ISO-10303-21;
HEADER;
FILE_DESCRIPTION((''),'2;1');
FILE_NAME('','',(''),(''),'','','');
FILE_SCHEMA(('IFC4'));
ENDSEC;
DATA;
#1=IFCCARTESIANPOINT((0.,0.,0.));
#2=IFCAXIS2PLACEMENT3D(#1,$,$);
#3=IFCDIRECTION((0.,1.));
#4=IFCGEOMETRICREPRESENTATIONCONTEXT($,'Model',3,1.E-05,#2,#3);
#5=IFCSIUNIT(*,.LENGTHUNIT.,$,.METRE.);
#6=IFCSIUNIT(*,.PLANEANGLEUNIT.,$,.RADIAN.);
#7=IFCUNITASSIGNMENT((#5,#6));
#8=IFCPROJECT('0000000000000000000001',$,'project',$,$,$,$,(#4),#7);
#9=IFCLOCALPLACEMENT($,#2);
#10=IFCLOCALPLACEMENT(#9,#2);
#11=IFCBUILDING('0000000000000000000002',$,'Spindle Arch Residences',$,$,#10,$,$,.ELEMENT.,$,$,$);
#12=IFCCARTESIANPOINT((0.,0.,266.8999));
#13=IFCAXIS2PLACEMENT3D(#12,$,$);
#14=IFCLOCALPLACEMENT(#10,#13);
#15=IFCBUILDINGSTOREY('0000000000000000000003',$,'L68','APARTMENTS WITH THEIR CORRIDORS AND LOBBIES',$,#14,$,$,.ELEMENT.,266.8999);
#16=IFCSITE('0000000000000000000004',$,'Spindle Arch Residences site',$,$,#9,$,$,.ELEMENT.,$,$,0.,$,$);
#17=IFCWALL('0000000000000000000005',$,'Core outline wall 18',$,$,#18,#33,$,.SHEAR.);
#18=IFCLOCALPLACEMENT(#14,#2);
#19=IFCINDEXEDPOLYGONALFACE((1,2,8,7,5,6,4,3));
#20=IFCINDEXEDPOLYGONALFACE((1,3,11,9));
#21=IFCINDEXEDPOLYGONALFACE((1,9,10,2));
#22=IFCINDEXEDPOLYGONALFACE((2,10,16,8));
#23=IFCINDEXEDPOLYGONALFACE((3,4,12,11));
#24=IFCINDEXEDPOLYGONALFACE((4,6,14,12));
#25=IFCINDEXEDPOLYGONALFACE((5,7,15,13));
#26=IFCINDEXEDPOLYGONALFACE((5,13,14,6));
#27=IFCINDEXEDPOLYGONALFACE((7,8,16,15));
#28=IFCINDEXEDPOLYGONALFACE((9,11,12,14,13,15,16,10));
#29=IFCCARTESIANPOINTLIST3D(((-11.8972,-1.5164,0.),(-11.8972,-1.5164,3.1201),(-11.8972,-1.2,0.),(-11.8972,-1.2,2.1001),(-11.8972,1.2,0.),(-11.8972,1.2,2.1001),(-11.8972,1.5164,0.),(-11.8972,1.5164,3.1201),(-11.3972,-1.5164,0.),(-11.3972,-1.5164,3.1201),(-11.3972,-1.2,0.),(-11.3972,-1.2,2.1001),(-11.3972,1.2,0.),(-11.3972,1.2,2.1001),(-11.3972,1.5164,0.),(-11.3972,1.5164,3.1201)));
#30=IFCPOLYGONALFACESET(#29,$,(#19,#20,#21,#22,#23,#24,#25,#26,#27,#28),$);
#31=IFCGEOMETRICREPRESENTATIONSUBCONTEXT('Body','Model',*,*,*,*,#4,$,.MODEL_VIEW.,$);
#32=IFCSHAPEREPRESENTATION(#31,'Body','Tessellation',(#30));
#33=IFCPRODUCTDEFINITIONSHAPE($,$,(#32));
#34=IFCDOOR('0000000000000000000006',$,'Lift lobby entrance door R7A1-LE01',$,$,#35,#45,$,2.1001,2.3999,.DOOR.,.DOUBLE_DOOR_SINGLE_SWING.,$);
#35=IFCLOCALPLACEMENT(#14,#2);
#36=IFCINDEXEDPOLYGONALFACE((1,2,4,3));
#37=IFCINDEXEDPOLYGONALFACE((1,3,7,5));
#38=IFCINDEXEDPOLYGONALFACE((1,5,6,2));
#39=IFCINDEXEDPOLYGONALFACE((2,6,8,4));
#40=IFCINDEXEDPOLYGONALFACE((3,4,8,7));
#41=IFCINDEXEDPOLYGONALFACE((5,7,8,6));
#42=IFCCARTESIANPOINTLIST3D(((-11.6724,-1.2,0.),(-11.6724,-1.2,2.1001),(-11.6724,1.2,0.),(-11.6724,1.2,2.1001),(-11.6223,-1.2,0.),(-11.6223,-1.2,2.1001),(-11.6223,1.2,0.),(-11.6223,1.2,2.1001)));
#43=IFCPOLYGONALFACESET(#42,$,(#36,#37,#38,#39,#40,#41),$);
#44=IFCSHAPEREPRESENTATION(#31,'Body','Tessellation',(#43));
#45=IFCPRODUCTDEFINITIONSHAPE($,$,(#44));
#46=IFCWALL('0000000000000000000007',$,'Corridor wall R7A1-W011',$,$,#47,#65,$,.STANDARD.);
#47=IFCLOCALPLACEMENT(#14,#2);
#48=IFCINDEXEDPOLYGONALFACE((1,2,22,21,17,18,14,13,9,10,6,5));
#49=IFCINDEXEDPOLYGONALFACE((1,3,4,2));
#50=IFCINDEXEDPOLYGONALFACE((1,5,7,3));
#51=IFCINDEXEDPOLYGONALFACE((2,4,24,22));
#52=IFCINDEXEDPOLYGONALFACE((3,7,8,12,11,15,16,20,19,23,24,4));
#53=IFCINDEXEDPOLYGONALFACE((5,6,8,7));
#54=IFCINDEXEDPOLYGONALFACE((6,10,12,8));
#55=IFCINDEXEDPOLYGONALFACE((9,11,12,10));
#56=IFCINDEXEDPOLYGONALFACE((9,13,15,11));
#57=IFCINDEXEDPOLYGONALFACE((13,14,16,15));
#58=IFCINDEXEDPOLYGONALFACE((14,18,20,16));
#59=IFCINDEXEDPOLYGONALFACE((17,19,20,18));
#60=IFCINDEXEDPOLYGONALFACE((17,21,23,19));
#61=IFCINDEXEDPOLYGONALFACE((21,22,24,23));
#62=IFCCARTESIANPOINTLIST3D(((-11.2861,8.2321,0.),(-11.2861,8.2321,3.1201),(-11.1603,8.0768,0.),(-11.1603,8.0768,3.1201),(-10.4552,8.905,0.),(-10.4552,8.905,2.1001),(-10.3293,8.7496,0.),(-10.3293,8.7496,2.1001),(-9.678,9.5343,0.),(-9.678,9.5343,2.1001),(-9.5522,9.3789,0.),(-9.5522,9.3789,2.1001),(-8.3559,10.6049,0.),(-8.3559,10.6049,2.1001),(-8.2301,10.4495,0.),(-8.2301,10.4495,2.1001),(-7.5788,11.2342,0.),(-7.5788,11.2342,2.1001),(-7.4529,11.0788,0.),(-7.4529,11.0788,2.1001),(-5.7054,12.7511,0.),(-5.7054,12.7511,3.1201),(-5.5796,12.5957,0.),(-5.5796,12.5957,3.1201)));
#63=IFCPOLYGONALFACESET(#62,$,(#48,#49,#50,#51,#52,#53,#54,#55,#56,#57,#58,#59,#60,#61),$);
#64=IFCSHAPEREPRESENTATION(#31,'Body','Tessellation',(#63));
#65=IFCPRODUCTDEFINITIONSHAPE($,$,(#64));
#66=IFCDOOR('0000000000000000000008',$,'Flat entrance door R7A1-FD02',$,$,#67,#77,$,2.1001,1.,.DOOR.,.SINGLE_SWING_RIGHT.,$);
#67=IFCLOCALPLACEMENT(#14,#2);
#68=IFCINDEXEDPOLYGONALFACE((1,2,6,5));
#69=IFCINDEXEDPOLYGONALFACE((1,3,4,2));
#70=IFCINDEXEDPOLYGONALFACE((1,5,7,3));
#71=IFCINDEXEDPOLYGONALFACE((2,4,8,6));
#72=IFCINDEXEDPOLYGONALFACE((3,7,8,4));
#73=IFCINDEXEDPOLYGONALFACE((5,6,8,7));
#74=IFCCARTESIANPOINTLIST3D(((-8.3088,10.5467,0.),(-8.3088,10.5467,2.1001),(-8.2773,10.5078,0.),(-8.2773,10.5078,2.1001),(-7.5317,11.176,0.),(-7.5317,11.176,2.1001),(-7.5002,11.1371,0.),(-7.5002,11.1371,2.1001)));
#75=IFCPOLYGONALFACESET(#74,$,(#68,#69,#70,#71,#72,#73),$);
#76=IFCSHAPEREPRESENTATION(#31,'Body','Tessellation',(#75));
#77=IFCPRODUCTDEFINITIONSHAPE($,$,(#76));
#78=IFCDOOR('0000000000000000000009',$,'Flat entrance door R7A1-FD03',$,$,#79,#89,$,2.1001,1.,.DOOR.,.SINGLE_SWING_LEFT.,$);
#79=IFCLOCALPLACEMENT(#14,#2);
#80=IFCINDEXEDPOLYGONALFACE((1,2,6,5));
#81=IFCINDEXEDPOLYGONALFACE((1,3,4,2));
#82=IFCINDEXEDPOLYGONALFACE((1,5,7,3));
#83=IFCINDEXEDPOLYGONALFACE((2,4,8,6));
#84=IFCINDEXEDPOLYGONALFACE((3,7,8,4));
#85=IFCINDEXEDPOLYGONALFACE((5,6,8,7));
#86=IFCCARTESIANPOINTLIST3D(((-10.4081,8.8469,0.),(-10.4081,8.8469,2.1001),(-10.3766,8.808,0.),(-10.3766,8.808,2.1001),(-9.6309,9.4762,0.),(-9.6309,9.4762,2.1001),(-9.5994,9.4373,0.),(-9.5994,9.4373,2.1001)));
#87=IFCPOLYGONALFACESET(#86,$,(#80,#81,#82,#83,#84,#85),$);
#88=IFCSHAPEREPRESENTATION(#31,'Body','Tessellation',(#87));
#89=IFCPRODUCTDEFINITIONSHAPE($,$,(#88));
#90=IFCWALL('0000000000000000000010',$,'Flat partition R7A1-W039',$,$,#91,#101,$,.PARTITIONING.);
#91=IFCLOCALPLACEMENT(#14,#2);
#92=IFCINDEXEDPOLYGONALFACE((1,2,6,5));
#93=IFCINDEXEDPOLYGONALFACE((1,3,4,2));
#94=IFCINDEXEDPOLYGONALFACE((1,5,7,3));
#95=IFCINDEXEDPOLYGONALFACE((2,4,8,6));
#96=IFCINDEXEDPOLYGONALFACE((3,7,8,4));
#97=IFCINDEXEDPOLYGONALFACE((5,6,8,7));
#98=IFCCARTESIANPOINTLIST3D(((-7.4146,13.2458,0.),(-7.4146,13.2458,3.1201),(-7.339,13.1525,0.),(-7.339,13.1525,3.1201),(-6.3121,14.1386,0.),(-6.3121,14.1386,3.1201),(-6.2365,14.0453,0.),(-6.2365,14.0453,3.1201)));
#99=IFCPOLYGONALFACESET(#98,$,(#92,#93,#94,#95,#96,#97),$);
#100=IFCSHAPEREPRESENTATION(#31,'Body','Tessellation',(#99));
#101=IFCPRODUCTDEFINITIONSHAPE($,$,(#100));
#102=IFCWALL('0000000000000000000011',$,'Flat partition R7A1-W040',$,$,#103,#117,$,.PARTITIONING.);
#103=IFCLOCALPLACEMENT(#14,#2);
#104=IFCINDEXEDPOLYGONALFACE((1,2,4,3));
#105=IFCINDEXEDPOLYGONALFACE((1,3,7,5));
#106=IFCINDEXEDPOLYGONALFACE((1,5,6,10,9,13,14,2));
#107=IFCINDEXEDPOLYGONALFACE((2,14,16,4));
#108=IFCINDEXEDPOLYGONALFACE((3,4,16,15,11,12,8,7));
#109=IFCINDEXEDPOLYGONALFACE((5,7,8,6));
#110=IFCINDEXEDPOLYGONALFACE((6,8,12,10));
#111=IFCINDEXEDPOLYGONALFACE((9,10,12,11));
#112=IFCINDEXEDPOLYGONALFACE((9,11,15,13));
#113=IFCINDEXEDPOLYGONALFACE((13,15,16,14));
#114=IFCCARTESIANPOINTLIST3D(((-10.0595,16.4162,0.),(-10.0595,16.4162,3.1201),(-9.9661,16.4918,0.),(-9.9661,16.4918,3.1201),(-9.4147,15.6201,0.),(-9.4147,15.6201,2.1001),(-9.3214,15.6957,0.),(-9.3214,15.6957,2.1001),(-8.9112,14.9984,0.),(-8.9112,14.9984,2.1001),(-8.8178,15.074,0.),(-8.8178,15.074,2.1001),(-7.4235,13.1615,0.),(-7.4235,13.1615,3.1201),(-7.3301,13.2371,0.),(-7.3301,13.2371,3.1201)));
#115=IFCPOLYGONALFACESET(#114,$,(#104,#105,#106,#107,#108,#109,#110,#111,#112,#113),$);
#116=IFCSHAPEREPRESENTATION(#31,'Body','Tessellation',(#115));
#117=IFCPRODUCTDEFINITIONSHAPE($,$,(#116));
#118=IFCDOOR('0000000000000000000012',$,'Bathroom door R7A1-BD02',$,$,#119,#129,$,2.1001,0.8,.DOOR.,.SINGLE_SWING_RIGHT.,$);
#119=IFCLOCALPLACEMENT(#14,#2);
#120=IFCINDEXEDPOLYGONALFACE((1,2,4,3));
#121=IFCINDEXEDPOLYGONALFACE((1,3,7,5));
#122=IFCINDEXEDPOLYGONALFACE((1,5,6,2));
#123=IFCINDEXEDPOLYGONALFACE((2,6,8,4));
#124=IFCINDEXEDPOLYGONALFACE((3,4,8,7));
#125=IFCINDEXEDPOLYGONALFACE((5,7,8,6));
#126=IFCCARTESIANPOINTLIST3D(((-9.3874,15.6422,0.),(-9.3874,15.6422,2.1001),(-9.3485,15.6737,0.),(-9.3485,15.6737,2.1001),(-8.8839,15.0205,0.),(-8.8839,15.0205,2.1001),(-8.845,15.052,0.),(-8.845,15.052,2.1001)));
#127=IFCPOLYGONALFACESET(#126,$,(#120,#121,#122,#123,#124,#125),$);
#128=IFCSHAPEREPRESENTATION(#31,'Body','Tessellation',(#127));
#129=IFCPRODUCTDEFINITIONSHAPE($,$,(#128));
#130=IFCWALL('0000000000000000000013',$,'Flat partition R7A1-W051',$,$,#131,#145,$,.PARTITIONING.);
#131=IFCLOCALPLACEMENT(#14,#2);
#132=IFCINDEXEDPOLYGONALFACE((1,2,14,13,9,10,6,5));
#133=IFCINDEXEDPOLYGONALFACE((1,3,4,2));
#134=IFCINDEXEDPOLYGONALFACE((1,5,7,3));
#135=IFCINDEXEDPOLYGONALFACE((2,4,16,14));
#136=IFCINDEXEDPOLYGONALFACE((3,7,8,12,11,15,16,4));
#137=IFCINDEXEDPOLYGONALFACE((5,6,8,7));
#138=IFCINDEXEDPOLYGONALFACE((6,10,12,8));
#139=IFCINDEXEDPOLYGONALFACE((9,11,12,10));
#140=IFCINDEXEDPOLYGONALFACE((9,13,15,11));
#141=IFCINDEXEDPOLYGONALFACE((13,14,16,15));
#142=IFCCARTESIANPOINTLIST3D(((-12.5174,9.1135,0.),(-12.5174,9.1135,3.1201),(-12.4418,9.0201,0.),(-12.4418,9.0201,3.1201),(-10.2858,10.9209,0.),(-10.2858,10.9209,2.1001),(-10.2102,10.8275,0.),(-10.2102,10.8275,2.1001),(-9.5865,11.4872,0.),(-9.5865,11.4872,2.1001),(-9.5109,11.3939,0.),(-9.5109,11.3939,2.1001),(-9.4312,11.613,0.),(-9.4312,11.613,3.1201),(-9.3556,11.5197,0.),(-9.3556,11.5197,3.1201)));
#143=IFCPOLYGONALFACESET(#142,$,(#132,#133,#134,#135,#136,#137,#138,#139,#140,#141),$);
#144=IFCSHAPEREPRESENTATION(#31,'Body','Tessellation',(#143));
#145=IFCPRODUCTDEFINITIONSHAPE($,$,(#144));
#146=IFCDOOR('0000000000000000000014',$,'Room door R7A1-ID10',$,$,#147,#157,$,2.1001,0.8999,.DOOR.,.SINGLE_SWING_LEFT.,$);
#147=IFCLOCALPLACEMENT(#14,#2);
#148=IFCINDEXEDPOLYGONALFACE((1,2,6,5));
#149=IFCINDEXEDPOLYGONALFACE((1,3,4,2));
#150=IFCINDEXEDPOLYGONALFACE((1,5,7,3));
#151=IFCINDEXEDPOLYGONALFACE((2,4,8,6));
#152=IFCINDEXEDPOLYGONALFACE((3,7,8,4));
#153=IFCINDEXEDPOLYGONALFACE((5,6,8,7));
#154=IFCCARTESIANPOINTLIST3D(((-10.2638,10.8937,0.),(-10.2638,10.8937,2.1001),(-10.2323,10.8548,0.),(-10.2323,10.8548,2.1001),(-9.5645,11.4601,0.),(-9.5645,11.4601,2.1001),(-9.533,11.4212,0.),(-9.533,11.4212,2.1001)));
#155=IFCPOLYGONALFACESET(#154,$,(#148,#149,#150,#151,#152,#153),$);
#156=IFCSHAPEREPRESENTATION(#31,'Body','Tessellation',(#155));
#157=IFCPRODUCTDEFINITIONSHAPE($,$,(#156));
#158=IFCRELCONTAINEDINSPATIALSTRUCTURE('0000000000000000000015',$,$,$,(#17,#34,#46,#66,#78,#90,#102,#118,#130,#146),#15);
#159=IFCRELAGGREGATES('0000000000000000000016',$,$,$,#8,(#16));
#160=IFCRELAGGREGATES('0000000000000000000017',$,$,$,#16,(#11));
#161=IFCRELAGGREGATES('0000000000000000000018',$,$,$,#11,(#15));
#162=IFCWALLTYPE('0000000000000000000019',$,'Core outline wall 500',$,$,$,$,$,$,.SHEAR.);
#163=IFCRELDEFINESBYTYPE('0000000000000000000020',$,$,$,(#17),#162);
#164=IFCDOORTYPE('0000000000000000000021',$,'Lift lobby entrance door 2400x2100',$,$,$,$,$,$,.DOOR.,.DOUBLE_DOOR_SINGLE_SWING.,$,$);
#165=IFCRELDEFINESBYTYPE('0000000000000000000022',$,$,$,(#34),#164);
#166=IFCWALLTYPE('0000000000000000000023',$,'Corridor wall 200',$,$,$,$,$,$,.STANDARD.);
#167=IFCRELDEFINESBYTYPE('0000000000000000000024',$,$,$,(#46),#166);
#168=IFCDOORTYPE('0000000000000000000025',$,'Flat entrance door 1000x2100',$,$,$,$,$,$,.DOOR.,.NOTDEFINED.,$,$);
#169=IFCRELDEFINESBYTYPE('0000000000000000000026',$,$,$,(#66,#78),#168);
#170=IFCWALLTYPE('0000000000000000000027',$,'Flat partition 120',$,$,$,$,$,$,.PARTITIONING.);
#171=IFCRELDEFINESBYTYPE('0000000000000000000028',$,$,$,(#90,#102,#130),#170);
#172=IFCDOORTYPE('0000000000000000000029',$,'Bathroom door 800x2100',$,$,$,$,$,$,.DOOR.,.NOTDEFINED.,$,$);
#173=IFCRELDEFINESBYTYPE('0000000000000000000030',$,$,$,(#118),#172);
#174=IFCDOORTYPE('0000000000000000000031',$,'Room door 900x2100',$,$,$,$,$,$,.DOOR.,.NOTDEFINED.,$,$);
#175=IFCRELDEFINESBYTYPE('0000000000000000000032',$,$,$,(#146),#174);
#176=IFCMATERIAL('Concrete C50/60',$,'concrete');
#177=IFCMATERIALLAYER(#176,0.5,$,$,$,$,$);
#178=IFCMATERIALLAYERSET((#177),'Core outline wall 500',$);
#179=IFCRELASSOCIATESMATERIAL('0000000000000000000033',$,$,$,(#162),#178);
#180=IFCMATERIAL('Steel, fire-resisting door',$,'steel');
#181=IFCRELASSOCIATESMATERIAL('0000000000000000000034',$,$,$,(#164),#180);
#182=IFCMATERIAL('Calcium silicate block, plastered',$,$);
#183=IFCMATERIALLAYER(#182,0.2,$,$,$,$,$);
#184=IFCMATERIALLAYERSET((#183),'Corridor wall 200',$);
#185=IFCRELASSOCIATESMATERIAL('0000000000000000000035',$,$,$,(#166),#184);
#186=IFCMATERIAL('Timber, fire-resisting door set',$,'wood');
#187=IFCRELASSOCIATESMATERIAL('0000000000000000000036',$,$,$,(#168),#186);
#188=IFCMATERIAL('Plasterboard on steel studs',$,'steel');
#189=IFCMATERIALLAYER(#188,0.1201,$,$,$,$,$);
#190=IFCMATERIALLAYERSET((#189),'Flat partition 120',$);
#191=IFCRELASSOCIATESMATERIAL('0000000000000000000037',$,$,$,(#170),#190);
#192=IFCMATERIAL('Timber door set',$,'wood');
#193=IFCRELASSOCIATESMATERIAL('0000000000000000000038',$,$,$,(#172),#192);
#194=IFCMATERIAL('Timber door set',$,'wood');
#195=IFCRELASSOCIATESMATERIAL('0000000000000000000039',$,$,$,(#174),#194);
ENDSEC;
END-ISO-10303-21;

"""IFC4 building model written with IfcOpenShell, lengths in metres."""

from ifc_helpers import new_model, si_unit, direction, frame, frame_2d, origin, place, context, subcontext, project, spatial, rectangle, extrude, material, layer, layer_set, type_object, element, fill, save


model = new_model("IFC4")

# Units and contexts
model_context = context("Model", 3, precision=1e-05, world=origin(), true_north=direction((0.0, 1.0)))
body_context = subcontext(model_context, "Body", "Model", "MODEL_VIEW")
ifc_project = project(units=[si_unit("LENGTHUNIT", "METRE"), si_unit("PLANEANGLEUNIT", "RADIAN")], contexts=[model_context])

# Site, building, storey
site_placement = place(None, origin())
site = spatial("IfcSite", under=ifc_project, at=site_placement, Name="Spindle Arch Residences site", CompositionType="ELEMENT", RefElevation=0.0)
building_placement = place(site_placement, origin())
building = spatial("IfcBuilding", under=site, at=building_placement, Name="Spindle Arch Residences", CompositionType="ELEMENT")
storey_placement = place(building_placement, frame((0.0, 0.0, 266.8999)))
storey = spatial("IfcBuildingStorey", under=building, at=storey_placement, Name="L68", Description="APARTMENTS WITH THEIR CORRIDORS AND LOBBIES", CompositionType="ELEMENT", Elevation=266.8999)

# Shared definitions
ifc_material_1 = material(Name="Concrete C50/60", Category="concrete")
ifc_layer_1 = layer(ifc_material_1, 0.5)
ifc_layer_set_1 = layer_set([ifc_layer_1], Name="Core outline wall 500")
wall_type_1 = type_object("IfcWallType", Name="Core outline wall 500", PredefinedType="SHEAR", material=ifc_layer_set_1)

# Wall, opening, door
wall_1_placement = place(storey_placement, frame((-11.6472, 1.5164, 0.0), z_axis=(0.0, 0.0, 1.0), x_axis=(0.0, -1.0, 0.0)))
wall_1 = element("IfcWall", 1, at=wall_1_placement, inside=storey, type_object=wall_type_1, Name="Core outline wall 18", PredefinedType="SHEAR", context=body_context, shape_type="SweptSolid", body=[
    extrude(rectangle(XDim=3.0327, YDim=0.5, at=frame_2d((1.5164, 0.0))), origin(), (0.0, 0.0, 1.0), 3.1201),
])
opening_1_placement = place(wall_1_placement, frame((0.3164, 0.0, 0.0)))
opening_1 = element("IfcOpeningElement", 2, at=opening_1_placement, cuts=wall_1, PredefinedType="OPENING", context=body_context, shape_type="SweptSolid", body=[
    extrude(rectangle(XDim=2.3999, YDim=2.1001, at=frame_2d((1.2, 1.05))), frame((0.0, 0.26, 0.0), z_axis=(0.0, -1.0, 0.0), x_axis=(1.0, 0.0, 0.0)), (0.0, 0.0, 1.0), 0.52),
])
ifc_material_2 = material(Name="Steel, fire-resisting door", Category="steel")
door_type_1 = type_object("IfcDoorType", Name="Lift lobby entrance door 2400x2100", OperationType="DOUBLE_DOOR_SINGLE_SWING", PredefinedType="DOOR", material=ifc_material_2)
door_1_placement = place(opening_1_placement, origin())
door_1 = element("IfcDoor", 3, at=door_1_placement, inside=storey, type_object=door_type_1, Name="Lift lobby entrance door R7A1-LE01", OperationType="DOUBLE_DOOR_SINGLE_SWING", OverallHeight=2.1001, OverallWidth=2.3999, PredefinedType="DOOR", context=body_context, shape_type="SweptSolid", body=[
    extrude(rectangle(XDim=2.3999, YDim=2.1001, at=frame_2d((1.2, 1.05))), frame((0.0, 0.0249, 0.0), z_axis=(0.0, -1.0, 0.0), x_axis=(1.0, 0.0, 0.0)), (0.0, 0.0, 1.0), 0.05),
])
fill(opening_1, door_1)

# Wall, openings, doors
ifc_material_3 = material(Name="Calcium silicate block, plastered")
ifc_layer_2 = layer(ifc_material_3, 0.2)
ifc_layer_set_2 = layer_set([ifc_layer_2], Name="Corridor wall 200")
wall_type_2 = type_object("IfcWallType", Name="Corridor wall 200", PredefinedType="STANDARD", material=ifc_layer_set_2)
wall_2_placement = place(storey_placement, frame((-5.6426, 12.6733, 0.0), z_axis=(0.0, 0.0, 1.0), x_axis=(-0.77716, -0.629303, 0.0)))
wall_2 = element("IfcWall", 4, at=wall_2_placement, inside=storey, type_object=wall_type_2, Name="Corridor wall R7A1-W011", PredefinedType="STANDARD", context=body_context, shape_type="SweptSolid", body=[
    extrude(rectangle(XDim=7.1809, YDim=0.2, at=frame_2d((3.5903, 0.0))), origin(), (0.0, 0.0, 1.0), 3.1201),
])
opening_2_placement = place(wall_2_placement, frame((2.4104, 0.0, 0.0)))
opening_2 = element("IfcOpeningElement", 5, at=opening_2_placement, cuts=wall_2, PredefinedType="OPENING", context=body_context, shape_type="SweptSolid", body=[
    extrude(rectangle(XDim=1.0, YDim=2.1001, at=frame_2d((0.5, 1.05))), frame((0.0, 0.1099, 0.0), z_axis=(0.0, -1.0, 0.0), x_axis=(1.0, 0.0, 0.0)), (0.0, 0.0, 1.0), 0.22),
])
opening_3_placement = place(wall_2_placement, frame((5.1116, 0.0, 0.0)))
opening_3 = element("IfcOpeningElement", 6, at=opening_3_placement, cuts=wall_2, PredefinedType="OPENING", context=body_context, shape_type="SweptSolid", body=[
    extrude(rectangle(XDim=1.0, YDim=2.1001, at=frame_2d((0.5, 1.05))), frame((0.0, 0.1099, 0.0), z_axis=(0.0, -1.0, 0.0), x_axis=(1.0, 0.0, 0.0)), (0.0, 0.0, 1.0), 0.22),
])
ifc_material_4 = material(Name="Timber, fire-resisting door set", Category="wood")
door_type_2 = type_object("IfcDoorType", Name="Flat entrance door 1000x2100", OperationType="NOTDEFINED", PredefinedType="DOOR", material=ifc_material_4)
door_2_placement = place(opening_2_placement, origin())
door_2 = element("IfcDoor", 7, at=door_2_placement, inside=storey, type_object=door_type_2, Name="Flat entrance door R7A1-FD02", OperationType="SINGLE_SWING_RIGHT", OverallHeight=2.1001, OverallWidth=1.0, PredefinedType="DOOR", context=body_context, shape_type="SweptSolid", body=[
    extrude(rectangle(XDim=1.0, YDim=2.1001, at=frame_2d((0.5, 1.05))), frame((0.0, 0.0249, 0.0), z_axis=(0.0, -1.0, 0.0), x_axis=(1.0, 0.0, 0.0)), (0.0, 0.0, 1.0), 0.05),
])
fill(opening_2, door_2)
door_3_placement = place(opening_3_placement, origin())
door_3 = element("IfcDoor", 8, at=door_3_placement, inside=storey, type_object=door_type_2, Name="Flat entrance door R7A1-FD03", OperationType="SINGLE_SWING_LEFT", OverallHeight=2.1001, OverallWidth=1.0, PredefinedType="DOOR", context=body_context, shape_type="SweptSolid", body=[
    extrude(rectangle(XDim=1.0, YDim=2.1001, at=frame_2d((0.5, 1.05))), frame((0.0, 0.0249, 0.0), z_axis=(0.0, -1.0, 0.0), x_axis=(1.0, 0.0, 0.0)), (0.0, 0.0, 1.0), 0.05),
])
fill(opening_3, door_3)

# Wall
ifc_material_5 = material(Name="Plasterboard on steel studs", Category="steel")
ifc_layer_3 = layer(ifc_material_5, 0.1201)
ifc_layer_set_3 = layer_set([ifc_layer_3], Name="Flat partition 120")
wall_type_3 = type_object("IfcWallType", Name="Flat partition 120", PredefinedType="PARTITIONING", material=ifc_layer_set_3)
wall_3_placement = place(storey_placement, frame((-6.2742, 14.092, 0.0), z_axis=(0.0, 0.0, 1.0), x_axis=(-0.777145, -0.629322, 0.0)))
element("IfcWall", 9, at=wall_3_placement, inside=storey, type_object=wall_type_3, Name="Flat partition R7A1-W039", PredefinedType="PARTITIONING", context=body_context, shape_type="SweptSolid", body=[
    extrude(rectangle(XDim=1.4187, YDim=0.1201, at=frame_2d((0.7095, 0.0))), origin(), (0.0, 0.0, 1.0), 3.1201),
])

# Walls, openings, doors
wall_4_placement = place(storey_placement, frame((-7.3767, 13.1992, 0.0), z_axis=(0.0, 0.0, 1.0), x_axis=(-0.629383, 0.777096, 0.0)))
wall_4 = element("IfcWall", 10, at=wall_4_placement, inside=storey, type_object=wall_type_3, Name="Flat partition R7A1-W040", PredefinedType="PARTITIONING", context=body_context, shape_type="SweptSolid", body=[
    extrude(rectangle(XDim=4.1882, YDim=0.1201, at=frame_2d((2.0942, 0.0))), origin(), (0.0, 0.0, 1.0), 3.1201),
])
opening_4_placement = place(wall_4_placement, frame((2.364, 0.0, 0.0)))
opening_4 = element("IfcOpeningElement", 11, at=opening_4_placement, cuts=wall_4, PredefinedType="OPENING", context=body_context, shape_type="SweptSolid", body=[
    extrude(rectangle(XDim=0.8, YDim=2.1001, at=frame_2d((0.3999, 1.05))), frame((0.0, 0.0701, 0.0), z_axis=(0.0, -1.0, 0.0), x_axis=(1.0, 0.0, 0.0)), (0.0, 0.0, 1.0), 0.1401),
])
ifc_material_6 = material(Name="Timber door set", Category="wood")
door_type_3 = type_object("IfcDoorType", Name="Bathroom door 800x2100", OperationType="NOTDEFINED", PredefinedType="DOOR", material=ifc_material_6)
door_4_placement = place(opening_4_placement, origin())
door_4 = element("IfcDoor", 12, at=door_4_placement, inside=storey, type_object=door_type_3, Name="Bathroom door R7A1-BD02", OperationType="SINGLE_SWING_RIGHT", OverallHeight=2.1001, OverallWidth=0.8, PredefinedType="DOOR", context=body_context, shape_type="SweptSolid", body=[
    extrude(rectangle(XDim=0.8, YDim=2.1001, at=frame_2d((0.3999, 1.05))), frame((0.0, 0.0249, 0.0), z_axis=(0.0, -1.0, 0.0), x_axis=(1.0, 0.0, 0.0)), (0.0, 0.0, 1.0), 0.05),
])
fill(opening_4, door_4)
wall_5_placement = place(storey_placement, frame((-9.3933, 11.5664, 0.0), z_axis=(0.0, 0.0, 1.0), x_axis=(-0.7771, -0.629377, 0.0)))
wall_5 = element("IfcWall", 13, at=wall_5_placement, inside=storey, type_object=wall_type_3, Name="Flat partition R7A1-W051", PredefinedType="PARTITIONING", context=body_context, shape_type="SweptSolid", body=[
    extrude(rectangle(XDim=3.9714, YDim=0.1201, at=frame_2d((1.9858, 0.0))), origin(), (0.0, 0.0, 1.0), 3.1201),
])
opening_5_placement = place(wall_5_placement, frame((0.2, 0.0, 0.0)))
opening_5 = element("IfcOpeningElement", 14, at=opening_5_placement, cuts=wall_5, PredefinedType="OPENING", context=body_context, shape_type="SweptSolid", body=[
    extrude(rectangle(XDim=0.8999, YDim=2.1001, at=frame_2d((0.45, 1.05))), frame((0.0, 0.0701, 0.0), z_axis=(0.0, -1.0, 0.0), x_axis=(1.0, 0.0, 0.0)), (0.0, 0.0, 1.0), 0.1401),
])
ifc_material_7 = material(Name="Timber door set", Category="wood")
door_type_4 = type_object("IfcDoorType", Name="Room door 900x2100", OperationType="NOTDEFINED", PredefinedType="DOOR", material=ifc_material_7)
door_5_placement = place(opening_5_placement, origin())
door_5 = element("IfcDoor", 15, at=door_5_placement, inside=storey, type_object=door_type_4, Name="Room door R7A1-ID10", OperationType="SINGLE_SWING_LEFT", OverallHeight=2.1001, OverallWidth=0.8999, PredefinedType="DOOR", context=body_context, shape_type="SweptSolid", body=[
    extrude(rectangle(XDim=0.8999, YDim=2.1001, at=frame_2d((0.45, 1.05))), frame((0.0, 0.0249, 0.0), z_axis=(0.0, -1.0, 0.0), x_axis=(1.0, 0.0, 0.0)), (0.0, 0.0, 1.0), 0.05),
])
fill(opening_5, door_5)

save(model, "model.ifc")
